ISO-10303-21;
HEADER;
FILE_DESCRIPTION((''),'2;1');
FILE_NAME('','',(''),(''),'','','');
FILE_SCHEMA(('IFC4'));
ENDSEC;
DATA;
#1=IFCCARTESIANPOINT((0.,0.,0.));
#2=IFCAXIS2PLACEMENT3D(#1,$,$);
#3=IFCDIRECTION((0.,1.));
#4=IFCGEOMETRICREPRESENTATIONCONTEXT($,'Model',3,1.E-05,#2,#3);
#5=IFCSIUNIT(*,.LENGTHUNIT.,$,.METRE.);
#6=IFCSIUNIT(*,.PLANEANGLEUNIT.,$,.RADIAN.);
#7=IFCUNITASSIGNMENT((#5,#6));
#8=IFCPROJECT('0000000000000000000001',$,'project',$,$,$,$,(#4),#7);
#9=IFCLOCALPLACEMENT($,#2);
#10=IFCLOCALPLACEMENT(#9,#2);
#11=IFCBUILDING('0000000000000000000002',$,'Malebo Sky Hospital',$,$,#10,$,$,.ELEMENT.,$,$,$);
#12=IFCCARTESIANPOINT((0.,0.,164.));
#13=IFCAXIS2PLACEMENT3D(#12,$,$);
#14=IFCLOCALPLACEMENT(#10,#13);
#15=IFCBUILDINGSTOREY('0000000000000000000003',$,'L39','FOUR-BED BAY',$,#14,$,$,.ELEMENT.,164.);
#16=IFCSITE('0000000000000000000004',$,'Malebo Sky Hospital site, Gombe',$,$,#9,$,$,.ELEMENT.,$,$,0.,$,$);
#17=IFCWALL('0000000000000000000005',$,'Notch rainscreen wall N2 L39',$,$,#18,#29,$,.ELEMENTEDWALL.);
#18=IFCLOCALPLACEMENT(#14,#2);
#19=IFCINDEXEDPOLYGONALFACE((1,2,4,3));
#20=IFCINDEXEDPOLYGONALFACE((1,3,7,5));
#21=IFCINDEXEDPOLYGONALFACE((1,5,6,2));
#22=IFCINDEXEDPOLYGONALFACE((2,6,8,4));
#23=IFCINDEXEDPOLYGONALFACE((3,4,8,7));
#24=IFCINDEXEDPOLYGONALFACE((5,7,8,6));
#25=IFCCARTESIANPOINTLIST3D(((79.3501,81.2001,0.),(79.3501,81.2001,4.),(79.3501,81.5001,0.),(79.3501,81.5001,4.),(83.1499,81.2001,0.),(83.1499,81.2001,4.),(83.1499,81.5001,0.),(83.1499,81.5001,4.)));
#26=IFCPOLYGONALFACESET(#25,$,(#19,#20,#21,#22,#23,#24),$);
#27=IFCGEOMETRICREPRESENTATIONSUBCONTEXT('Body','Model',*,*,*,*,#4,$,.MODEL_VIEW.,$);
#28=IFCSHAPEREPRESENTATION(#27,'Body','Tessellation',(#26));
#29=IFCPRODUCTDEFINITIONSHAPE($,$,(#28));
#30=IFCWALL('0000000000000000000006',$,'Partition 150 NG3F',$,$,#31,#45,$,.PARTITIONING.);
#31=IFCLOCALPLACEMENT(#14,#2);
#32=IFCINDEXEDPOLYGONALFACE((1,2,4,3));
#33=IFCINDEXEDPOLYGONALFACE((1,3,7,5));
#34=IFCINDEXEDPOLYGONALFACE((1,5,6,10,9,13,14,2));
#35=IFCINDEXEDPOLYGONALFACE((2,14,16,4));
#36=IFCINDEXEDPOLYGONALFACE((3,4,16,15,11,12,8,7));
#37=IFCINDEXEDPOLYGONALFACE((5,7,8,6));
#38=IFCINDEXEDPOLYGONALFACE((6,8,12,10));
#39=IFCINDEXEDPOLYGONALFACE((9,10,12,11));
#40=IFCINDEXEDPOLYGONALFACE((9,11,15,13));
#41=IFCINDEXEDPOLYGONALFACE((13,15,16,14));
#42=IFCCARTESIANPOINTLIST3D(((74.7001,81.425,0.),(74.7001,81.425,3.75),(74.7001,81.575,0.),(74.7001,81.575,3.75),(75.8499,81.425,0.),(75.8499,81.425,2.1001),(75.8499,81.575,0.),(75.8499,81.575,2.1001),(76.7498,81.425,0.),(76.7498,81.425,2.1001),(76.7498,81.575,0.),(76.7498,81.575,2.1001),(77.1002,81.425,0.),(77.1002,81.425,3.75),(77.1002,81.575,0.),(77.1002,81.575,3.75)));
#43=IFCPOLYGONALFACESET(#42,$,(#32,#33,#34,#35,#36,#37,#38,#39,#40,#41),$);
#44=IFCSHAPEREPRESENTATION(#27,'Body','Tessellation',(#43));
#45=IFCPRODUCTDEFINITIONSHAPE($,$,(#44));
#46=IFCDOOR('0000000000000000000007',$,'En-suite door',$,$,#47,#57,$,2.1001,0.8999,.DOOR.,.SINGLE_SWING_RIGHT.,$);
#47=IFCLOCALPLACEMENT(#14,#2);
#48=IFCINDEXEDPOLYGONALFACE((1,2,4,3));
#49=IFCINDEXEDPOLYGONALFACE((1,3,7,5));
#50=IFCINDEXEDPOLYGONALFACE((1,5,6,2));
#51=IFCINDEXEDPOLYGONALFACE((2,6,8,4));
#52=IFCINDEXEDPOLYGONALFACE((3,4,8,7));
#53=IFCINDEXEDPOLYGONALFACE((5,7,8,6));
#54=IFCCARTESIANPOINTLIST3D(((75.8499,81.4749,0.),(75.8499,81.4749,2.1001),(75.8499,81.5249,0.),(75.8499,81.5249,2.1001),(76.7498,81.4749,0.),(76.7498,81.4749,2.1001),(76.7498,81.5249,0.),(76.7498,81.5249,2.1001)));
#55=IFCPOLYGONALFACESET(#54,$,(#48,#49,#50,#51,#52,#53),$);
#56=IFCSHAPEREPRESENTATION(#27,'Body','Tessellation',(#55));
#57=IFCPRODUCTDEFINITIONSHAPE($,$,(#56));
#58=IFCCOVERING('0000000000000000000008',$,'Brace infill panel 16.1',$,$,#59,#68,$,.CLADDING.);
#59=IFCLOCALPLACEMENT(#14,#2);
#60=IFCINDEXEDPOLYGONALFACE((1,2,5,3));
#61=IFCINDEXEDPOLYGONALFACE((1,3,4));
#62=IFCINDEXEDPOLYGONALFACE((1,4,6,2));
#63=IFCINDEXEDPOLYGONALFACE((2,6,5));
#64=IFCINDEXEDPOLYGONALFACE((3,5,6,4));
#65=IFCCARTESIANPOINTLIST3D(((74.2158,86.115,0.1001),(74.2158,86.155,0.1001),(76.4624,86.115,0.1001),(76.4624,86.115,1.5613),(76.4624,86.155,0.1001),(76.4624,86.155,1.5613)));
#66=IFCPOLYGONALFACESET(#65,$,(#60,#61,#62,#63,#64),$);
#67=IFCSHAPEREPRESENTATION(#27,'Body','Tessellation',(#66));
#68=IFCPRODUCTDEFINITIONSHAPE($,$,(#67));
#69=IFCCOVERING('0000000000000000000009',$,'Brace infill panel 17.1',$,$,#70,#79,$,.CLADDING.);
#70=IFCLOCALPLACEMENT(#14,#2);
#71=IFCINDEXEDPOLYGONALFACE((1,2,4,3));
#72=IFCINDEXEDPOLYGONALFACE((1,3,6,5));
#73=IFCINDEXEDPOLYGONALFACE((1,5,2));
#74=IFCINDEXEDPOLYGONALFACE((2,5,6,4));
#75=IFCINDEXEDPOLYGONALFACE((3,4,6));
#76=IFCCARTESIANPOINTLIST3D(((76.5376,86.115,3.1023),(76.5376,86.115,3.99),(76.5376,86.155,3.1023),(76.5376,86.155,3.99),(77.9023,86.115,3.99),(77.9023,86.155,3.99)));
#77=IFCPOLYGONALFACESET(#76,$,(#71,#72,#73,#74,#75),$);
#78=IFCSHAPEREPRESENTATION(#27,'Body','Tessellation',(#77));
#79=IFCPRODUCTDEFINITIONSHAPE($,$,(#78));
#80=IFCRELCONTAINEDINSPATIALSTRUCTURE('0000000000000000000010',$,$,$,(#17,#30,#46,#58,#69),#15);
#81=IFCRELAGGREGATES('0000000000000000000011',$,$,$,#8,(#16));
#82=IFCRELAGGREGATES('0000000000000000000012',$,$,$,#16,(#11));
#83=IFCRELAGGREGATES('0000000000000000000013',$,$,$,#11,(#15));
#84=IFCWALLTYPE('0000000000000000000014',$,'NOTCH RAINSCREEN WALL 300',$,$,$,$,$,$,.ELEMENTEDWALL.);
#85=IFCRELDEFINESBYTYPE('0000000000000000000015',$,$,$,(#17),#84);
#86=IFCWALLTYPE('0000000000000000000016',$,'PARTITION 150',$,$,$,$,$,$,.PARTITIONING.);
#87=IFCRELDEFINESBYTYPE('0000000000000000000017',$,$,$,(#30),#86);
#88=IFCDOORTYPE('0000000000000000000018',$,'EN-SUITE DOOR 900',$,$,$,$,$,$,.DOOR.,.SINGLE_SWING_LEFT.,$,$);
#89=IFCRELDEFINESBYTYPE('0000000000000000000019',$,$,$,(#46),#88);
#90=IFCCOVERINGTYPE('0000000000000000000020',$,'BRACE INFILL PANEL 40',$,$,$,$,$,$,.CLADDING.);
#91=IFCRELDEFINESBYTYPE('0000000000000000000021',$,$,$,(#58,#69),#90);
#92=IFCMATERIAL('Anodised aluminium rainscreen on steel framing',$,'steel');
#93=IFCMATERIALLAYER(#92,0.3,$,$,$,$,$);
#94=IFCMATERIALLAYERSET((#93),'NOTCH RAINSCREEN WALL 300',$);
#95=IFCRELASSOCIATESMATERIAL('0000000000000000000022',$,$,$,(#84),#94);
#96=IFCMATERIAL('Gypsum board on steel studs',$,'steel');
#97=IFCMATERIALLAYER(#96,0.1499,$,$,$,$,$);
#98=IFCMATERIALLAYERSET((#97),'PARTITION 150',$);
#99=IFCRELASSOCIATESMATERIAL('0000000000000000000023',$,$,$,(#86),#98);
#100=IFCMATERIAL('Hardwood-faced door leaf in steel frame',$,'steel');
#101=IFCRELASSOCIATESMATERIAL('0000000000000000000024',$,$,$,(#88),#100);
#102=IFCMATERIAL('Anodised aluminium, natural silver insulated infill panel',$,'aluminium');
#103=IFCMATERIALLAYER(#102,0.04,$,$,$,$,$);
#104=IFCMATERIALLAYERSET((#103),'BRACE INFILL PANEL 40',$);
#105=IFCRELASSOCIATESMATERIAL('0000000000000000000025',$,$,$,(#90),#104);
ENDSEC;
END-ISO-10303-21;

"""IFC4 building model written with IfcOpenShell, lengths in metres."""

from ifc_helpers import new_model, si_unit, direction, frame, frame_2d, origin, place, context, subcontext, project, spatial, polyline, rectangle, outline, extrude, material, layer, layer_set, type_object, element, fill, save


model = new_model("IFC4")

# Units and contexts
model_context = context("Model", 3, precision=1e-05, world=origin(), true_north=direction((0.0, 1.0)))
body_context = subcontext(model_context, "Body", "Model", "MODEL_VIEW")
ifc_project = project(units=[si_unit("LENGTHUNIT", "METRE"), si_unit("PLANEANGLEUNIT", "RADIAN")], contexts=[model_context])

# Site, building, storey
site_placement = place(None, origin())
site = spatial("IfcSite", under=ifc_project, at=site_placement, Name="Malebo Sky Hospital site, Gombe", CompositionType="ELEMENT", RefElevation=0.0)
building_placement = place(site_placement, origin())
building = spatial("IfcBuilding", under=site, at=building_placement, Name="Malebo Sky Hospital", CompositionType="ELEMENT")
storey_placement = place(building_placement, frame((0.0, 0.0, 164.0)))
storey = spatial("IfcBuildingStorey", under=building, at=storey_placement, Name="L39", Description="FOUR-BED BAY", CompositionType="ELEMENT", Elevation=164.0)

# Wall
ifc_material_1 = material(Name="Anodised aluminium rainscreen on steel framing", Category="steel")
ifc_layer_1 = layer(ifc_material_1, 0.3)
ifc_layer_set_1 = layer_set([ifc_layer_1], Name="NOTCH RAINSCREEN WALL 300")
wall_type_1 = type_object("IfcWallType", Name="NOTCH RAINSCREEN WALL 300", PredefinedType="ELEMENTEDWALL", material=ifc_layer_set_1)
for number, where, z_axis, x_axis, name in (
    (1, (79.3501, 81.3501, 0.0), (0.0, 0.0, 1.0), (1.0, 0.0, 0.0), "Notch rainscreen wall N2 L39"),
):
    element("IfcWall", number, at=place(storey_placement, frame(where, z_axis=z_axis, x_axis=x_axis)), inside=storey, type_object=wall_type_1, Name=name, PredefinedType="ELEMENTEDWALL", context=body_context, shape_type="SweptSolid", body=[
        extrude(rectangle(XDim=3.7998, YDim=0.3, at=frame_2d((1.8999, 0.0))), origin(), (0.0, 0.0, 1.0), 4.0),
    ])

# Wall, opening, door
ifc_material_2 = material(Name="Gypsum board on steel studs", Category="steel")
ifc_layer_2 = layer(ifc_material_2, 0.1499)
ifc_layer_set_2 = layer_set([ifc_layer_2], Name="PARTITION 150")
wall_type_2 = type_object("IfcWallType", Name="PARTITION 150", PredefinedType="PARTITIONING", material=ifc_layer_set_2)
wall_placement = place(storey_placement, frame((74.7, 81.5, 0.0), z_axis=(0.0, 0.0, 1.0), x_axis=(1.0, 0.0, 0.0)))
wall = element("IfcWall", 2, at=wall_placement, inside=storey, type_object=wall_type_2, Name="Partition 150 NG3F", PredefinedType="PARTITIONING", context=body_context, shape_type="SweptSolid", body=[
    extrude(rectangle(XDim=2.4001, YDim=0.1499, at=frame_2d((1.2002, 0.0))), origin(), (0.0, 0.0, 1.0), 3.75),
])
opening_placement = place(wall_placement, frame((1.1499, 0.0, 0.0)))
opening = element("IfcOpeningElement", 3, at=opening_placement, cuts=wall, PredefinedType="OPENING", context=body_context, shape_type="SweptSolid", body=[
    extrude(rectangle(XDim=0.8999, YDim=2.1001, at=frame_2d((0.45, 1.05))), frame((0.0, 0.085, 0.0), z_axis=(0.0, -1.0, 0.0), x_axis=(1.0, 0.0, 0.0)), (0.0, 0.0, 1.0), 0.1699),
])
ifc_material_3 = material(Name="Hardwood-faced door leaf in steel frame", Category="steel")
door_type = type_object("IfcDoorType", Name="EN-SUITE DOOR 900", OperationType="SINGLE_SWING_LEFT", PredefinedType="DOOR", material=ifc_material_3)
door_placement = place(opening_placement, origin())
door = element("IfcDoor", 4, at=door_placement, inside=storey, type_object=door_type, Name="En-suite door", OperationType="SINGLE_SWING_RIGHT", OverallHeight=2.1001, OverallWidth=0.8999, PredefinedType="DOOR", context=body_context, shape_type="SweptSolid", body=[
    extrude(rectangle(XDim=0.8999, YDim=2.1001, at=frame_2d((0.45, 1.05))), frame((0.0, 0.0249, 0.0), z_axis=(0.0, -1.0, 0.0), x_axis=(1.0, 0.0, 0.0)), (0.0, 0.0, 1.0), 0.05),
])
fill(opening, door)

# Coverings
ifc_material_4 = material(Name="Anodised aluminium, natural silver insulated infill panel", Category="aluminium")
ifc_layer_3 = layer(ifc_material_4, 0.04)
ifc_layer_set_3 = layer_set([ifc_layer_3], Name="BRACE INFILL PANEL 40")
covering_type = type_object("IfcCoveringType", Name="BRACE INFILL PANEL 40", PredefinedType="CLADDING", material=ifc_layer_set_3)
covering_1_placement = place(storey_placement, frame((75.3391, 86.135, 0.1001), z_axis=(0.0, 0.0, 1.0), x_axis=(1.0, 0.0, 0.0)))
element("IfcCovering", 5, at=covering_1_placement, inside=storey, type_object=covering_type, Name="Brace infill panel 16.1", PredefinedType="CLADDING", context=body_context, shape_type="SweptSolid", body=[
    extrude(outline(polyline([(-1.1233, 0.0), (1.1233, 0.0), (1.1233, 1.4612), (-1.1233, 0.0)])), frame((0.0, 0.02, 0.0), z_axis=(0.0, -1.0, 0.0), x_axis=(1.0, 0.0, 0.0)), (0.0, 0.0, 1.0), 0.04),
])
covering_2_placement = place(storey_placement, frame((77.22, 86.135, 3.1023), z_axis=(0.0, 0.0, 1.0), x_axis=(1.0, 0.0, 0.0)))
element("IfcCovering", 6, at=covering_2_placement, inside=storey, type_object=covering_type, Name="Brace infill panel 17.1", PredefinedType="CLADDING", context=body_context, shape_type="SweptSolid", body=[
    extrude(outline(polyline([(-0.6824, 0.0), (0.6824, 0.8877), (-0.6824, 0.8877), (-0.6824, 0.0)])), frame((0.0, 0.02, 0.0), z_axis=(0.0, -1.0, 0.0), x_axis=(1.0, 0.0, 0.0)), (0.0, 0.0, 1.0), 0.04),
])

save(model, "model.ifc")
